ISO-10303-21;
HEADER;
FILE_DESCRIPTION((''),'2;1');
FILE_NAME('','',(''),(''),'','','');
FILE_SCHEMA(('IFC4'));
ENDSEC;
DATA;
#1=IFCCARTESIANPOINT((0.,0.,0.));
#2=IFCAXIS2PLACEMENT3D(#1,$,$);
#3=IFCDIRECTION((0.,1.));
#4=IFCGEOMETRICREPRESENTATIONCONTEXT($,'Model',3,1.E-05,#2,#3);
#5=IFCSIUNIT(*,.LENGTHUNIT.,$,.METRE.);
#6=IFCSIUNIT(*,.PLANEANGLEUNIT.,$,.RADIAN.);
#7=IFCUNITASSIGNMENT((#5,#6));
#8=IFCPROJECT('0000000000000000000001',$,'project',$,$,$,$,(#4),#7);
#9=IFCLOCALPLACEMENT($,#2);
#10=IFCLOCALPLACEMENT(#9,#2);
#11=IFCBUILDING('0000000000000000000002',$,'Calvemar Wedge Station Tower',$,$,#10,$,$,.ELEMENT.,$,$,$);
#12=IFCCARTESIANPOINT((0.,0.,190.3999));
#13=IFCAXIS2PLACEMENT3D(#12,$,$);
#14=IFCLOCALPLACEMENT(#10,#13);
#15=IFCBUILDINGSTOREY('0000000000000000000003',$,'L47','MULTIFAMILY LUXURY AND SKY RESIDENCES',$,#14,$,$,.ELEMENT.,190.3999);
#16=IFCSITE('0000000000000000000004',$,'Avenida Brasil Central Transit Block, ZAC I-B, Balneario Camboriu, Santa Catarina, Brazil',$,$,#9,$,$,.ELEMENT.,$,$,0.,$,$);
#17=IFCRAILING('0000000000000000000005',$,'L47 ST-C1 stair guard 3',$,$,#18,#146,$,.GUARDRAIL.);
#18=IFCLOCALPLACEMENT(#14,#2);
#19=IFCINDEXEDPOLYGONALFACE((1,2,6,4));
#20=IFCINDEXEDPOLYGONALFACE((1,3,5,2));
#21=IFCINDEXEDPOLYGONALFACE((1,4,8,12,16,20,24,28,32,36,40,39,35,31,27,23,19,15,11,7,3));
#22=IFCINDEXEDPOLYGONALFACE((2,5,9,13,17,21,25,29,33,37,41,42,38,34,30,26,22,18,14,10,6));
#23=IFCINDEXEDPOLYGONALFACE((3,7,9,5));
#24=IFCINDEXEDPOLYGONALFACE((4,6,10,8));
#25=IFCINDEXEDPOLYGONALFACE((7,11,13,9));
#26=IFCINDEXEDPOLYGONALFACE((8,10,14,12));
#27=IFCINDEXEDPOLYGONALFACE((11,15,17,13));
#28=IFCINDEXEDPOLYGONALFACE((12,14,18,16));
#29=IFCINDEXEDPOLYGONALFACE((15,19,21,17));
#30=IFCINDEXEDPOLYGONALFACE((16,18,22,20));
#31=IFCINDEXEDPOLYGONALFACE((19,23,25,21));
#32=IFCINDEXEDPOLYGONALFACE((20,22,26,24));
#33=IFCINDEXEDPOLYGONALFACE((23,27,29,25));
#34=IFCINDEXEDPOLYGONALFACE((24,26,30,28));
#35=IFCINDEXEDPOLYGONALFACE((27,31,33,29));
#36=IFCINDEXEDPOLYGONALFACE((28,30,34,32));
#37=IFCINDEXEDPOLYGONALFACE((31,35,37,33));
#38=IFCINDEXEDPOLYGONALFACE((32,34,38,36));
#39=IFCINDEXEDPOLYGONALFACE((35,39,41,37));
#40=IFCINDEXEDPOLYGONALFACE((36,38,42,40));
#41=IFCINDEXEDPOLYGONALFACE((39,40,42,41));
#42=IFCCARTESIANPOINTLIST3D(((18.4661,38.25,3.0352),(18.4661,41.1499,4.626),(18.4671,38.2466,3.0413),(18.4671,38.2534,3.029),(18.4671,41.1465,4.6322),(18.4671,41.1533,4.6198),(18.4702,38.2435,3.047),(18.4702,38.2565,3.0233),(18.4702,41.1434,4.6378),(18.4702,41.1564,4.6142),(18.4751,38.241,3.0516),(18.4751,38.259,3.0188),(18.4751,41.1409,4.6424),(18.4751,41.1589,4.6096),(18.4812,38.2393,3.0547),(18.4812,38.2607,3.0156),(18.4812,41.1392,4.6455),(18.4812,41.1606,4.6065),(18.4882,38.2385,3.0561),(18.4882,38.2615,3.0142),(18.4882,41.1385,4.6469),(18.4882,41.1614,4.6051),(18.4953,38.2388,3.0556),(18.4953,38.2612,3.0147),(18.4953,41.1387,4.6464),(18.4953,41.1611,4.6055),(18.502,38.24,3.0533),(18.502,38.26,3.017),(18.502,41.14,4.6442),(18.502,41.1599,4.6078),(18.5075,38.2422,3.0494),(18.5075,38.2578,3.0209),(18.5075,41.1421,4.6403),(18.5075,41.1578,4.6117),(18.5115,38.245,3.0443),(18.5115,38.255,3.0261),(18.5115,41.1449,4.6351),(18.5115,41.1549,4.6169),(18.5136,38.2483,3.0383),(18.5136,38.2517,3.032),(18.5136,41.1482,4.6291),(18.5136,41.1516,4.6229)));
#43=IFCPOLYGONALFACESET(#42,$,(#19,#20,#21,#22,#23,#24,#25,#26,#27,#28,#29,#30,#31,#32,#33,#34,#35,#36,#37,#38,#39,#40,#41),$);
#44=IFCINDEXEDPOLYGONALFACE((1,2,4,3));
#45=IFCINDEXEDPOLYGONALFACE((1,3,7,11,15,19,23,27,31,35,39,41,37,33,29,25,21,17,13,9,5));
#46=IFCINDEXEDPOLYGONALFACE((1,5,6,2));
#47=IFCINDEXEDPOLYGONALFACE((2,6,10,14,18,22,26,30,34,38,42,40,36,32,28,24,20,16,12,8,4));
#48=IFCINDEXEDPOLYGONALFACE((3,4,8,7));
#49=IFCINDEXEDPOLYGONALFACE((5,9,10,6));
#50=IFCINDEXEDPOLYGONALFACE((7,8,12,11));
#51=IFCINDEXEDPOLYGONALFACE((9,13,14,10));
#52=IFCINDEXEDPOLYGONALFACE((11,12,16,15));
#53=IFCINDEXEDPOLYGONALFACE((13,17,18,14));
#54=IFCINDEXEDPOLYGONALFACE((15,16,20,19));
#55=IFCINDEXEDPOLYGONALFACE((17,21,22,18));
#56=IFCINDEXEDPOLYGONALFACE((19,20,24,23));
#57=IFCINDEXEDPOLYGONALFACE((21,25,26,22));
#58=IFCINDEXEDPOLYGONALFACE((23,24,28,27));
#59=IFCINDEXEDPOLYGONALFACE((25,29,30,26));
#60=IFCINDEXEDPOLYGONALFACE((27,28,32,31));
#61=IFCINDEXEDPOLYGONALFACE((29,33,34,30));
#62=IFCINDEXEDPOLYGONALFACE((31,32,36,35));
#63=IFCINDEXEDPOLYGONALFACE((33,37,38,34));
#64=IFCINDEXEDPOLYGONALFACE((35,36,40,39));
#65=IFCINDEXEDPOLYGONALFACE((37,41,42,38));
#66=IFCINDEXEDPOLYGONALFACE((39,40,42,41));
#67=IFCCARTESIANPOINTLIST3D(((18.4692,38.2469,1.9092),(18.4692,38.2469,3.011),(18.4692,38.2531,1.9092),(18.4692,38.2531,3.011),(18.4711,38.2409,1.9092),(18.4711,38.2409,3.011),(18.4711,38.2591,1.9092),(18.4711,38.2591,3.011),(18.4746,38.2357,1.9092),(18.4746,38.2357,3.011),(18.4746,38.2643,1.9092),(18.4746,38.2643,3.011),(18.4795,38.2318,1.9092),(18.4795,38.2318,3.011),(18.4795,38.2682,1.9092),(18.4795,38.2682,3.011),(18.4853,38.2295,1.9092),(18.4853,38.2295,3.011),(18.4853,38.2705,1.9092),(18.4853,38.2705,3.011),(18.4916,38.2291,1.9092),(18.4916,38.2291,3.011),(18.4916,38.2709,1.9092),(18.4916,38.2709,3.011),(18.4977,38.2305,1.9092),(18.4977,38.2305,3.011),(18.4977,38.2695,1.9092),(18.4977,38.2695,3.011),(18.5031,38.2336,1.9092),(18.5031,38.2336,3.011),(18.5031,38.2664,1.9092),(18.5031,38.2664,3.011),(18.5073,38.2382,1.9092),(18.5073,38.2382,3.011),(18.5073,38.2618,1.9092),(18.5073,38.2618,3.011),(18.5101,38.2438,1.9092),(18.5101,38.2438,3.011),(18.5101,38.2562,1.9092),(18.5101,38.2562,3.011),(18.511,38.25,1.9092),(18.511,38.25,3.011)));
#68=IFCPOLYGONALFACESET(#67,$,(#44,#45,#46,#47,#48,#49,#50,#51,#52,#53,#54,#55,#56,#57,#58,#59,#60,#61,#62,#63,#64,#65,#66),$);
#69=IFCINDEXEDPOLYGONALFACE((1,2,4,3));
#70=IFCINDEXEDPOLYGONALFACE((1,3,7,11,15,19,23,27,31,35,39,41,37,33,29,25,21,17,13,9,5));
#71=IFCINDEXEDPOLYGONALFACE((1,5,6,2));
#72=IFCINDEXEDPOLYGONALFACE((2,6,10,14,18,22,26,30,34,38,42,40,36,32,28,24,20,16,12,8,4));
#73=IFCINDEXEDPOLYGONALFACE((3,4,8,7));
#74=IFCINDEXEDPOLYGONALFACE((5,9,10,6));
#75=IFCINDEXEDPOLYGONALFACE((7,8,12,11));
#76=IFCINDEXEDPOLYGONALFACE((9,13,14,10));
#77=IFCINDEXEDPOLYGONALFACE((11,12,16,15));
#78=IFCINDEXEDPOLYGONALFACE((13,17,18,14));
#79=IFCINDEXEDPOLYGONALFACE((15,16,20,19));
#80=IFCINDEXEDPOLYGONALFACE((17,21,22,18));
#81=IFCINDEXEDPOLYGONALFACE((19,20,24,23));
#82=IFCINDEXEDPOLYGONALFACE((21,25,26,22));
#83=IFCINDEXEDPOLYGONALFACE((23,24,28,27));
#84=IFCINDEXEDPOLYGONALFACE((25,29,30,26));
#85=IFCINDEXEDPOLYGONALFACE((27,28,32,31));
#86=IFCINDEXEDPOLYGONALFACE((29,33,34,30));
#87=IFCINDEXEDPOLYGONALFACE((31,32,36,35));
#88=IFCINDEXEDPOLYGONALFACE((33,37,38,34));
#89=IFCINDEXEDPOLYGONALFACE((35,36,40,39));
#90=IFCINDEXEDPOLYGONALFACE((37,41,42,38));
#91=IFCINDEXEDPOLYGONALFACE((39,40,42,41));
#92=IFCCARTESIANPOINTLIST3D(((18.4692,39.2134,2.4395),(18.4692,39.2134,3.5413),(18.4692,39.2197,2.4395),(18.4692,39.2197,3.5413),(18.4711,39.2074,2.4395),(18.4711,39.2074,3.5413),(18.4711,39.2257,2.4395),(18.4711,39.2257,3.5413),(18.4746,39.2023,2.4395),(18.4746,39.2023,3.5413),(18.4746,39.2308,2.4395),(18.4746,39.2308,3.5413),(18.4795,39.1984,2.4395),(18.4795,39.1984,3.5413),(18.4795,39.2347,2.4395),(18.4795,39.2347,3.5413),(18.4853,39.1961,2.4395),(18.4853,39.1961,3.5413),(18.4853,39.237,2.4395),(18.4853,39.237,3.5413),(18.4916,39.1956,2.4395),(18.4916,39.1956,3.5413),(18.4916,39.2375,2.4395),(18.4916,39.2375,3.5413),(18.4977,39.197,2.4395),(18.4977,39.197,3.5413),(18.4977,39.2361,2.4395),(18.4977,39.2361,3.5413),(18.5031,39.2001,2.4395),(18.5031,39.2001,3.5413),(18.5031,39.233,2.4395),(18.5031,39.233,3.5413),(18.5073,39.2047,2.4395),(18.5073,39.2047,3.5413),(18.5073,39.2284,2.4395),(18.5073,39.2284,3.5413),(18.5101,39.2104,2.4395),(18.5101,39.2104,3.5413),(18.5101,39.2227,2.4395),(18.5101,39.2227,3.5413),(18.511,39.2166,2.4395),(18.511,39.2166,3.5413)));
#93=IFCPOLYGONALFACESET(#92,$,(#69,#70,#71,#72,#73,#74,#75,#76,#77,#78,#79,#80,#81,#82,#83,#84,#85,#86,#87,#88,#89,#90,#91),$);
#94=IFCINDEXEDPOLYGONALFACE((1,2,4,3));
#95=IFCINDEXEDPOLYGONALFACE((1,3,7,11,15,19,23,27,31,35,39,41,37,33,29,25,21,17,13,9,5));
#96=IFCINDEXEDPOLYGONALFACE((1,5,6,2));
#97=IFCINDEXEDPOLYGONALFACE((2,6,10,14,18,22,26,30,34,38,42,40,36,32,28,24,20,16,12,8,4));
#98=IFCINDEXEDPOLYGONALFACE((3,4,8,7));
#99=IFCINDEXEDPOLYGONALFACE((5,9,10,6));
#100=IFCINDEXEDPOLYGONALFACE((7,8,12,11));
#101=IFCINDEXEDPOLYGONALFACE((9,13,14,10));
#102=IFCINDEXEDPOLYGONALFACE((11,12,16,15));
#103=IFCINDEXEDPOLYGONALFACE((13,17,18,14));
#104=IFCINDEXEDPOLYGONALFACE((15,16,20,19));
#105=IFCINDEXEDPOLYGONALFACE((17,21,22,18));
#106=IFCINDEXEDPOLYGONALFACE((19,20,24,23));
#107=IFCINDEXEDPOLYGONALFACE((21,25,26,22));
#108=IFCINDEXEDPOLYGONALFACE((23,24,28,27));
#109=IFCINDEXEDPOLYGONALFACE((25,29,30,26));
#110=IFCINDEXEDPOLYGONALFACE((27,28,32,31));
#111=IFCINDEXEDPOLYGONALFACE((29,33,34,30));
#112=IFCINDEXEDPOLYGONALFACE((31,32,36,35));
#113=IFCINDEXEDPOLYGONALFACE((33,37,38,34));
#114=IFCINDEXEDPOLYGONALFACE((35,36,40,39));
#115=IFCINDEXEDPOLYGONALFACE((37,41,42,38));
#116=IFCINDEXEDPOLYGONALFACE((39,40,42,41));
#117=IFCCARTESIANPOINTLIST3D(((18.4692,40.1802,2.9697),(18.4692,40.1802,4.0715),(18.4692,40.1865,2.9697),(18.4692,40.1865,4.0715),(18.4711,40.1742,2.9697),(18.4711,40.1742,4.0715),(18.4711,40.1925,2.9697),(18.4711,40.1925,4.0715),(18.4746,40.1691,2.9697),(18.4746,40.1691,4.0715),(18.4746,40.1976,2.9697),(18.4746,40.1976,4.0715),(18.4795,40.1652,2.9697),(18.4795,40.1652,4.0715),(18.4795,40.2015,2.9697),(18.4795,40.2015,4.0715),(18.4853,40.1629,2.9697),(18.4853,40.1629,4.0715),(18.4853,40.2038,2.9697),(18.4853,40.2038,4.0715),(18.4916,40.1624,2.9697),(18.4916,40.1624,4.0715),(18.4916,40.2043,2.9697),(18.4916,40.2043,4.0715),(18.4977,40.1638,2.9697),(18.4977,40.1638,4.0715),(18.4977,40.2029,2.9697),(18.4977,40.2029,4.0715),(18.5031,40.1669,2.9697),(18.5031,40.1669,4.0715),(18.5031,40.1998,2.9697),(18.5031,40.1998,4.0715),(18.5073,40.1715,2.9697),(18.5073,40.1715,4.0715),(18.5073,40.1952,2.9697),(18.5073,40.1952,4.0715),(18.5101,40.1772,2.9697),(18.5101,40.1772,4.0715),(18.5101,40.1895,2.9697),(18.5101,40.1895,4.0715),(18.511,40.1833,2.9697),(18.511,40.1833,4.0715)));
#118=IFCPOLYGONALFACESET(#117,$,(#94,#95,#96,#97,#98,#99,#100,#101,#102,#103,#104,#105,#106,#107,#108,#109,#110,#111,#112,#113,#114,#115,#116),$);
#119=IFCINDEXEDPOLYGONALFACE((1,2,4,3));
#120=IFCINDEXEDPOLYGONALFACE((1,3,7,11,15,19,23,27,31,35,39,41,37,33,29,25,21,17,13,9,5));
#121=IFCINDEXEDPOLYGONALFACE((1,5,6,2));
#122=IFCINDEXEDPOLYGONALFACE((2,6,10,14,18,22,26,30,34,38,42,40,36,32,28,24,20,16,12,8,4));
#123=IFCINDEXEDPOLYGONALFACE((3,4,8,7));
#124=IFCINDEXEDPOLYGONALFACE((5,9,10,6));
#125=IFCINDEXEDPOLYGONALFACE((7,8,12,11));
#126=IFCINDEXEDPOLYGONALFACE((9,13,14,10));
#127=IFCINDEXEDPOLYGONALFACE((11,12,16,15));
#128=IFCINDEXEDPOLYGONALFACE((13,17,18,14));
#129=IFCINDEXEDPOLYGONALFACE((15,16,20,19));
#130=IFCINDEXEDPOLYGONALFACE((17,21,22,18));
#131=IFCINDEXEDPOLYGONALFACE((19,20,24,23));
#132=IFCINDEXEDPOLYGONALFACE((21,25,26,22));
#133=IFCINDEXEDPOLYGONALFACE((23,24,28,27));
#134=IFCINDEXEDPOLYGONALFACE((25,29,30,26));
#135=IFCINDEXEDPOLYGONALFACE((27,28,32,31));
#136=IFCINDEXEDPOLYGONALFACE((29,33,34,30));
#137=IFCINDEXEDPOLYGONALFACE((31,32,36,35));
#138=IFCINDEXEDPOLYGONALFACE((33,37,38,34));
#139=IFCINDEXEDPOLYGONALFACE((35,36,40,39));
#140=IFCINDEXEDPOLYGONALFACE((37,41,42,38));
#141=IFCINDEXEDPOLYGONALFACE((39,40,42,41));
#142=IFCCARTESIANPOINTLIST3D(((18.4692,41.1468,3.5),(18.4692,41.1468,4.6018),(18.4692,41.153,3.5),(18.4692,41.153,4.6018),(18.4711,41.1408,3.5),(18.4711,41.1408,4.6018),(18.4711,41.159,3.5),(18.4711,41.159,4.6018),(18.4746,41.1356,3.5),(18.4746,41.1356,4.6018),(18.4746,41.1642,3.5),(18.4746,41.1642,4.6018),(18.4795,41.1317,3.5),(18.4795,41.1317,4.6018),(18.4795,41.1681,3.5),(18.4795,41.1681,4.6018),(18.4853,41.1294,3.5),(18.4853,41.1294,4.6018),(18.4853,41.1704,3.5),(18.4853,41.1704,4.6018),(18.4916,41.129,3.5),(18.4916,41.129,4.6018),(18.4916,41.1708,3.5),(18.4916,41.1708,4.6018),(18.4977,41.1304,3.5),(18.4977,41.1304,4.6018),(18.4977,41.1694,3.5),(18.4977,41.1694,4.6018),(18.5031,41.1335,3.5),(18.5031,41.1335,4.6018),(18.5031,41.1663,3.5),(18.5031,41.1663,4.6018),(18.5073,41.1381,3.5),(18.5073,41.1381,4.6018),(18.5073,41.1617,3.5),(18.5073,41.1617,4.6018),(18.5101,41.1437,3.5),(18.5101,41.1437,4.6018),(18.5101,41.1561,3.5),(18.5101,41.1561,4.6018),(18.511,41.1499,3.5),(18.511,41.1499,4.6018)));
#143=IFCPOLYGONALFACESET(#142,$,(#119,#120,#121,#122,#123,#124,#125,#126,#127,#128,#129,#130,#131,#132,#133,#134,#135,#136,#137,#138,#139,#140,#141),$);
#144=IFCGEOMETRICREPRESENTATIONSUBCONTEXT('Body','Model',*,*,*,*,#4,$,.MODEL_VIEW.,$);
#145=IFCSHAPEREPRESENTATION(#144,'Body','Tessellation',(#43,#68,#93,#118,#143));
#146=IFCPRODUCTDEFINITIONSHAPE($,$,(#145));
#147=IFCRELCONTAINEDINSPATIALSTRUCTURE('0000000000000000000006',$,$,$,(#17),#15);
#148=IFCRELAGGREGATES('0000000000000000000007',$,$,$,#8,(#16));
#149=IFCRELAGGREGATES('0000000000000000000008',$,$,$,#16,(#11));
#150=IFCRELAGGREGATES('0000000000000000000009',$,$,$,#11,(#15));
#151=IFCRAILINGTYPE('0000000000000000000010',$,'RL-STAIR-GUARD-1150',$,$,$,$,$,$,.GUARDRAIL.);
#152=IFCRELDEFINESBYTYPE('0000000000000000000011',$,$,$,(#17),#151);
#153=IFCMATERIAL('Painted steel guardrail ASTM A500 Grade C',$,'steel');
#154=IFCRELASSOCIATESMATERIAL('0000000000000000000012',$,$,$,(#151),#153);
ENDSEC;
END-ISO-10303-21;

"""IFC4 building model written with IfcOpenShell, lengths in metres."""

from ifc_helpers import new_model, si_unit, direction, frame, origin, origin_2d, place, context, subcontext, project, spatial, circle, extrude, material, type_object, element, save


model = new_model("IFC4")

# Units and contexts
model_context = context("Model", 3, precision=1e-05, world=origin(), true_north=direction((0.0, 1.0)))
body_context = subcontext(model_context, "Body", "Model", "MODEL_VIEW")
ifc_project = project(units=[si_unit("LENGTHUNIT", "METRE"), si_unit("PLANEANGLEUNIT", "RADIAN")], contexts=[model_context])

# Site, building, storey
site_placement = place(None, origin())
site = spatial("IfcSite", under=ifc_project, at=site_placement, Name="Avenida Brasil Central Transit Block, ZAC I-B, Balneario Camboriu, Santa Catarina, Brazil", CompositionType="ELEMENT", RefElevation=0.0)
building_placement = place(site_placement, origin())
building = spatial("IfcBuilding", under=site, at=building_placement, Name="Calvemar Wedge Station Tower", CompositionType="ELEMENT")
storey_placement = place(building_placement, frame((0.0, 0.0, 190.3999)))
storey = spatial("IfcBuildingStorey", under=building, at=storey_placement, Name="L47", Description="MULTIFAMILY LUXURY AND SKY RESIDENCES", CompositionType="ELEMENT", Elevation=190.3999)

# Railing
ifc_material_1 = material(Name="Painted steel guardrail ASTM A500 Grade C", Category="steel")
railing_type_1 = type_object("IfcRailingType", Name="RL-STAIR-GUARD-1150", PredefinedType="GUARDRAIL", material=ifc_material_1)
railing_1_placement = place(storey_placement, frame((18.49, 38.25, 1.9092)))
element("IfcRailing", 1, at=railing_1_placement, inside=storey, type_object=railing_type_1, Name="L47 ST-C1 stair guard 3", PredefinedType="GUARDRAIL", context=body_context, shape_type="SweptSolid", body=[
    extrude(circle(Radius=0.0239, at=origin_2d()), frame((0.0, 0.0, 1.126), z_axis=(0.0, 0.876742, 0.480961), x_axis=(-1.0, 0.0, 0.0)), (0.0, 0.0, 1.0), 3.3076),
    extrude(circle(Radius=0.021, at=origin_2d()), origin(), (0.0, 0.0, 1.0), 1.1018),
    extrude(circle(Radius=0.021, at=origin_2d()), frame((0.0, 0.9666, 0.5303)), (0.0, 0.0, 1.0), 1.1018),
    extrude(circle(Radius=0.021, at=origin_2d()), frame((0.0, 1.9333, 1.0605)), (0.0, 0.0, 1.0), 1.1018),
    extrude(circle(Radius=0.021, at=origin_2d()), frame((0.0, 2.8999, 1.5908)), (0.0, 0.0, 1.0), 1.1018),
])

save(model, "model.ifc")
